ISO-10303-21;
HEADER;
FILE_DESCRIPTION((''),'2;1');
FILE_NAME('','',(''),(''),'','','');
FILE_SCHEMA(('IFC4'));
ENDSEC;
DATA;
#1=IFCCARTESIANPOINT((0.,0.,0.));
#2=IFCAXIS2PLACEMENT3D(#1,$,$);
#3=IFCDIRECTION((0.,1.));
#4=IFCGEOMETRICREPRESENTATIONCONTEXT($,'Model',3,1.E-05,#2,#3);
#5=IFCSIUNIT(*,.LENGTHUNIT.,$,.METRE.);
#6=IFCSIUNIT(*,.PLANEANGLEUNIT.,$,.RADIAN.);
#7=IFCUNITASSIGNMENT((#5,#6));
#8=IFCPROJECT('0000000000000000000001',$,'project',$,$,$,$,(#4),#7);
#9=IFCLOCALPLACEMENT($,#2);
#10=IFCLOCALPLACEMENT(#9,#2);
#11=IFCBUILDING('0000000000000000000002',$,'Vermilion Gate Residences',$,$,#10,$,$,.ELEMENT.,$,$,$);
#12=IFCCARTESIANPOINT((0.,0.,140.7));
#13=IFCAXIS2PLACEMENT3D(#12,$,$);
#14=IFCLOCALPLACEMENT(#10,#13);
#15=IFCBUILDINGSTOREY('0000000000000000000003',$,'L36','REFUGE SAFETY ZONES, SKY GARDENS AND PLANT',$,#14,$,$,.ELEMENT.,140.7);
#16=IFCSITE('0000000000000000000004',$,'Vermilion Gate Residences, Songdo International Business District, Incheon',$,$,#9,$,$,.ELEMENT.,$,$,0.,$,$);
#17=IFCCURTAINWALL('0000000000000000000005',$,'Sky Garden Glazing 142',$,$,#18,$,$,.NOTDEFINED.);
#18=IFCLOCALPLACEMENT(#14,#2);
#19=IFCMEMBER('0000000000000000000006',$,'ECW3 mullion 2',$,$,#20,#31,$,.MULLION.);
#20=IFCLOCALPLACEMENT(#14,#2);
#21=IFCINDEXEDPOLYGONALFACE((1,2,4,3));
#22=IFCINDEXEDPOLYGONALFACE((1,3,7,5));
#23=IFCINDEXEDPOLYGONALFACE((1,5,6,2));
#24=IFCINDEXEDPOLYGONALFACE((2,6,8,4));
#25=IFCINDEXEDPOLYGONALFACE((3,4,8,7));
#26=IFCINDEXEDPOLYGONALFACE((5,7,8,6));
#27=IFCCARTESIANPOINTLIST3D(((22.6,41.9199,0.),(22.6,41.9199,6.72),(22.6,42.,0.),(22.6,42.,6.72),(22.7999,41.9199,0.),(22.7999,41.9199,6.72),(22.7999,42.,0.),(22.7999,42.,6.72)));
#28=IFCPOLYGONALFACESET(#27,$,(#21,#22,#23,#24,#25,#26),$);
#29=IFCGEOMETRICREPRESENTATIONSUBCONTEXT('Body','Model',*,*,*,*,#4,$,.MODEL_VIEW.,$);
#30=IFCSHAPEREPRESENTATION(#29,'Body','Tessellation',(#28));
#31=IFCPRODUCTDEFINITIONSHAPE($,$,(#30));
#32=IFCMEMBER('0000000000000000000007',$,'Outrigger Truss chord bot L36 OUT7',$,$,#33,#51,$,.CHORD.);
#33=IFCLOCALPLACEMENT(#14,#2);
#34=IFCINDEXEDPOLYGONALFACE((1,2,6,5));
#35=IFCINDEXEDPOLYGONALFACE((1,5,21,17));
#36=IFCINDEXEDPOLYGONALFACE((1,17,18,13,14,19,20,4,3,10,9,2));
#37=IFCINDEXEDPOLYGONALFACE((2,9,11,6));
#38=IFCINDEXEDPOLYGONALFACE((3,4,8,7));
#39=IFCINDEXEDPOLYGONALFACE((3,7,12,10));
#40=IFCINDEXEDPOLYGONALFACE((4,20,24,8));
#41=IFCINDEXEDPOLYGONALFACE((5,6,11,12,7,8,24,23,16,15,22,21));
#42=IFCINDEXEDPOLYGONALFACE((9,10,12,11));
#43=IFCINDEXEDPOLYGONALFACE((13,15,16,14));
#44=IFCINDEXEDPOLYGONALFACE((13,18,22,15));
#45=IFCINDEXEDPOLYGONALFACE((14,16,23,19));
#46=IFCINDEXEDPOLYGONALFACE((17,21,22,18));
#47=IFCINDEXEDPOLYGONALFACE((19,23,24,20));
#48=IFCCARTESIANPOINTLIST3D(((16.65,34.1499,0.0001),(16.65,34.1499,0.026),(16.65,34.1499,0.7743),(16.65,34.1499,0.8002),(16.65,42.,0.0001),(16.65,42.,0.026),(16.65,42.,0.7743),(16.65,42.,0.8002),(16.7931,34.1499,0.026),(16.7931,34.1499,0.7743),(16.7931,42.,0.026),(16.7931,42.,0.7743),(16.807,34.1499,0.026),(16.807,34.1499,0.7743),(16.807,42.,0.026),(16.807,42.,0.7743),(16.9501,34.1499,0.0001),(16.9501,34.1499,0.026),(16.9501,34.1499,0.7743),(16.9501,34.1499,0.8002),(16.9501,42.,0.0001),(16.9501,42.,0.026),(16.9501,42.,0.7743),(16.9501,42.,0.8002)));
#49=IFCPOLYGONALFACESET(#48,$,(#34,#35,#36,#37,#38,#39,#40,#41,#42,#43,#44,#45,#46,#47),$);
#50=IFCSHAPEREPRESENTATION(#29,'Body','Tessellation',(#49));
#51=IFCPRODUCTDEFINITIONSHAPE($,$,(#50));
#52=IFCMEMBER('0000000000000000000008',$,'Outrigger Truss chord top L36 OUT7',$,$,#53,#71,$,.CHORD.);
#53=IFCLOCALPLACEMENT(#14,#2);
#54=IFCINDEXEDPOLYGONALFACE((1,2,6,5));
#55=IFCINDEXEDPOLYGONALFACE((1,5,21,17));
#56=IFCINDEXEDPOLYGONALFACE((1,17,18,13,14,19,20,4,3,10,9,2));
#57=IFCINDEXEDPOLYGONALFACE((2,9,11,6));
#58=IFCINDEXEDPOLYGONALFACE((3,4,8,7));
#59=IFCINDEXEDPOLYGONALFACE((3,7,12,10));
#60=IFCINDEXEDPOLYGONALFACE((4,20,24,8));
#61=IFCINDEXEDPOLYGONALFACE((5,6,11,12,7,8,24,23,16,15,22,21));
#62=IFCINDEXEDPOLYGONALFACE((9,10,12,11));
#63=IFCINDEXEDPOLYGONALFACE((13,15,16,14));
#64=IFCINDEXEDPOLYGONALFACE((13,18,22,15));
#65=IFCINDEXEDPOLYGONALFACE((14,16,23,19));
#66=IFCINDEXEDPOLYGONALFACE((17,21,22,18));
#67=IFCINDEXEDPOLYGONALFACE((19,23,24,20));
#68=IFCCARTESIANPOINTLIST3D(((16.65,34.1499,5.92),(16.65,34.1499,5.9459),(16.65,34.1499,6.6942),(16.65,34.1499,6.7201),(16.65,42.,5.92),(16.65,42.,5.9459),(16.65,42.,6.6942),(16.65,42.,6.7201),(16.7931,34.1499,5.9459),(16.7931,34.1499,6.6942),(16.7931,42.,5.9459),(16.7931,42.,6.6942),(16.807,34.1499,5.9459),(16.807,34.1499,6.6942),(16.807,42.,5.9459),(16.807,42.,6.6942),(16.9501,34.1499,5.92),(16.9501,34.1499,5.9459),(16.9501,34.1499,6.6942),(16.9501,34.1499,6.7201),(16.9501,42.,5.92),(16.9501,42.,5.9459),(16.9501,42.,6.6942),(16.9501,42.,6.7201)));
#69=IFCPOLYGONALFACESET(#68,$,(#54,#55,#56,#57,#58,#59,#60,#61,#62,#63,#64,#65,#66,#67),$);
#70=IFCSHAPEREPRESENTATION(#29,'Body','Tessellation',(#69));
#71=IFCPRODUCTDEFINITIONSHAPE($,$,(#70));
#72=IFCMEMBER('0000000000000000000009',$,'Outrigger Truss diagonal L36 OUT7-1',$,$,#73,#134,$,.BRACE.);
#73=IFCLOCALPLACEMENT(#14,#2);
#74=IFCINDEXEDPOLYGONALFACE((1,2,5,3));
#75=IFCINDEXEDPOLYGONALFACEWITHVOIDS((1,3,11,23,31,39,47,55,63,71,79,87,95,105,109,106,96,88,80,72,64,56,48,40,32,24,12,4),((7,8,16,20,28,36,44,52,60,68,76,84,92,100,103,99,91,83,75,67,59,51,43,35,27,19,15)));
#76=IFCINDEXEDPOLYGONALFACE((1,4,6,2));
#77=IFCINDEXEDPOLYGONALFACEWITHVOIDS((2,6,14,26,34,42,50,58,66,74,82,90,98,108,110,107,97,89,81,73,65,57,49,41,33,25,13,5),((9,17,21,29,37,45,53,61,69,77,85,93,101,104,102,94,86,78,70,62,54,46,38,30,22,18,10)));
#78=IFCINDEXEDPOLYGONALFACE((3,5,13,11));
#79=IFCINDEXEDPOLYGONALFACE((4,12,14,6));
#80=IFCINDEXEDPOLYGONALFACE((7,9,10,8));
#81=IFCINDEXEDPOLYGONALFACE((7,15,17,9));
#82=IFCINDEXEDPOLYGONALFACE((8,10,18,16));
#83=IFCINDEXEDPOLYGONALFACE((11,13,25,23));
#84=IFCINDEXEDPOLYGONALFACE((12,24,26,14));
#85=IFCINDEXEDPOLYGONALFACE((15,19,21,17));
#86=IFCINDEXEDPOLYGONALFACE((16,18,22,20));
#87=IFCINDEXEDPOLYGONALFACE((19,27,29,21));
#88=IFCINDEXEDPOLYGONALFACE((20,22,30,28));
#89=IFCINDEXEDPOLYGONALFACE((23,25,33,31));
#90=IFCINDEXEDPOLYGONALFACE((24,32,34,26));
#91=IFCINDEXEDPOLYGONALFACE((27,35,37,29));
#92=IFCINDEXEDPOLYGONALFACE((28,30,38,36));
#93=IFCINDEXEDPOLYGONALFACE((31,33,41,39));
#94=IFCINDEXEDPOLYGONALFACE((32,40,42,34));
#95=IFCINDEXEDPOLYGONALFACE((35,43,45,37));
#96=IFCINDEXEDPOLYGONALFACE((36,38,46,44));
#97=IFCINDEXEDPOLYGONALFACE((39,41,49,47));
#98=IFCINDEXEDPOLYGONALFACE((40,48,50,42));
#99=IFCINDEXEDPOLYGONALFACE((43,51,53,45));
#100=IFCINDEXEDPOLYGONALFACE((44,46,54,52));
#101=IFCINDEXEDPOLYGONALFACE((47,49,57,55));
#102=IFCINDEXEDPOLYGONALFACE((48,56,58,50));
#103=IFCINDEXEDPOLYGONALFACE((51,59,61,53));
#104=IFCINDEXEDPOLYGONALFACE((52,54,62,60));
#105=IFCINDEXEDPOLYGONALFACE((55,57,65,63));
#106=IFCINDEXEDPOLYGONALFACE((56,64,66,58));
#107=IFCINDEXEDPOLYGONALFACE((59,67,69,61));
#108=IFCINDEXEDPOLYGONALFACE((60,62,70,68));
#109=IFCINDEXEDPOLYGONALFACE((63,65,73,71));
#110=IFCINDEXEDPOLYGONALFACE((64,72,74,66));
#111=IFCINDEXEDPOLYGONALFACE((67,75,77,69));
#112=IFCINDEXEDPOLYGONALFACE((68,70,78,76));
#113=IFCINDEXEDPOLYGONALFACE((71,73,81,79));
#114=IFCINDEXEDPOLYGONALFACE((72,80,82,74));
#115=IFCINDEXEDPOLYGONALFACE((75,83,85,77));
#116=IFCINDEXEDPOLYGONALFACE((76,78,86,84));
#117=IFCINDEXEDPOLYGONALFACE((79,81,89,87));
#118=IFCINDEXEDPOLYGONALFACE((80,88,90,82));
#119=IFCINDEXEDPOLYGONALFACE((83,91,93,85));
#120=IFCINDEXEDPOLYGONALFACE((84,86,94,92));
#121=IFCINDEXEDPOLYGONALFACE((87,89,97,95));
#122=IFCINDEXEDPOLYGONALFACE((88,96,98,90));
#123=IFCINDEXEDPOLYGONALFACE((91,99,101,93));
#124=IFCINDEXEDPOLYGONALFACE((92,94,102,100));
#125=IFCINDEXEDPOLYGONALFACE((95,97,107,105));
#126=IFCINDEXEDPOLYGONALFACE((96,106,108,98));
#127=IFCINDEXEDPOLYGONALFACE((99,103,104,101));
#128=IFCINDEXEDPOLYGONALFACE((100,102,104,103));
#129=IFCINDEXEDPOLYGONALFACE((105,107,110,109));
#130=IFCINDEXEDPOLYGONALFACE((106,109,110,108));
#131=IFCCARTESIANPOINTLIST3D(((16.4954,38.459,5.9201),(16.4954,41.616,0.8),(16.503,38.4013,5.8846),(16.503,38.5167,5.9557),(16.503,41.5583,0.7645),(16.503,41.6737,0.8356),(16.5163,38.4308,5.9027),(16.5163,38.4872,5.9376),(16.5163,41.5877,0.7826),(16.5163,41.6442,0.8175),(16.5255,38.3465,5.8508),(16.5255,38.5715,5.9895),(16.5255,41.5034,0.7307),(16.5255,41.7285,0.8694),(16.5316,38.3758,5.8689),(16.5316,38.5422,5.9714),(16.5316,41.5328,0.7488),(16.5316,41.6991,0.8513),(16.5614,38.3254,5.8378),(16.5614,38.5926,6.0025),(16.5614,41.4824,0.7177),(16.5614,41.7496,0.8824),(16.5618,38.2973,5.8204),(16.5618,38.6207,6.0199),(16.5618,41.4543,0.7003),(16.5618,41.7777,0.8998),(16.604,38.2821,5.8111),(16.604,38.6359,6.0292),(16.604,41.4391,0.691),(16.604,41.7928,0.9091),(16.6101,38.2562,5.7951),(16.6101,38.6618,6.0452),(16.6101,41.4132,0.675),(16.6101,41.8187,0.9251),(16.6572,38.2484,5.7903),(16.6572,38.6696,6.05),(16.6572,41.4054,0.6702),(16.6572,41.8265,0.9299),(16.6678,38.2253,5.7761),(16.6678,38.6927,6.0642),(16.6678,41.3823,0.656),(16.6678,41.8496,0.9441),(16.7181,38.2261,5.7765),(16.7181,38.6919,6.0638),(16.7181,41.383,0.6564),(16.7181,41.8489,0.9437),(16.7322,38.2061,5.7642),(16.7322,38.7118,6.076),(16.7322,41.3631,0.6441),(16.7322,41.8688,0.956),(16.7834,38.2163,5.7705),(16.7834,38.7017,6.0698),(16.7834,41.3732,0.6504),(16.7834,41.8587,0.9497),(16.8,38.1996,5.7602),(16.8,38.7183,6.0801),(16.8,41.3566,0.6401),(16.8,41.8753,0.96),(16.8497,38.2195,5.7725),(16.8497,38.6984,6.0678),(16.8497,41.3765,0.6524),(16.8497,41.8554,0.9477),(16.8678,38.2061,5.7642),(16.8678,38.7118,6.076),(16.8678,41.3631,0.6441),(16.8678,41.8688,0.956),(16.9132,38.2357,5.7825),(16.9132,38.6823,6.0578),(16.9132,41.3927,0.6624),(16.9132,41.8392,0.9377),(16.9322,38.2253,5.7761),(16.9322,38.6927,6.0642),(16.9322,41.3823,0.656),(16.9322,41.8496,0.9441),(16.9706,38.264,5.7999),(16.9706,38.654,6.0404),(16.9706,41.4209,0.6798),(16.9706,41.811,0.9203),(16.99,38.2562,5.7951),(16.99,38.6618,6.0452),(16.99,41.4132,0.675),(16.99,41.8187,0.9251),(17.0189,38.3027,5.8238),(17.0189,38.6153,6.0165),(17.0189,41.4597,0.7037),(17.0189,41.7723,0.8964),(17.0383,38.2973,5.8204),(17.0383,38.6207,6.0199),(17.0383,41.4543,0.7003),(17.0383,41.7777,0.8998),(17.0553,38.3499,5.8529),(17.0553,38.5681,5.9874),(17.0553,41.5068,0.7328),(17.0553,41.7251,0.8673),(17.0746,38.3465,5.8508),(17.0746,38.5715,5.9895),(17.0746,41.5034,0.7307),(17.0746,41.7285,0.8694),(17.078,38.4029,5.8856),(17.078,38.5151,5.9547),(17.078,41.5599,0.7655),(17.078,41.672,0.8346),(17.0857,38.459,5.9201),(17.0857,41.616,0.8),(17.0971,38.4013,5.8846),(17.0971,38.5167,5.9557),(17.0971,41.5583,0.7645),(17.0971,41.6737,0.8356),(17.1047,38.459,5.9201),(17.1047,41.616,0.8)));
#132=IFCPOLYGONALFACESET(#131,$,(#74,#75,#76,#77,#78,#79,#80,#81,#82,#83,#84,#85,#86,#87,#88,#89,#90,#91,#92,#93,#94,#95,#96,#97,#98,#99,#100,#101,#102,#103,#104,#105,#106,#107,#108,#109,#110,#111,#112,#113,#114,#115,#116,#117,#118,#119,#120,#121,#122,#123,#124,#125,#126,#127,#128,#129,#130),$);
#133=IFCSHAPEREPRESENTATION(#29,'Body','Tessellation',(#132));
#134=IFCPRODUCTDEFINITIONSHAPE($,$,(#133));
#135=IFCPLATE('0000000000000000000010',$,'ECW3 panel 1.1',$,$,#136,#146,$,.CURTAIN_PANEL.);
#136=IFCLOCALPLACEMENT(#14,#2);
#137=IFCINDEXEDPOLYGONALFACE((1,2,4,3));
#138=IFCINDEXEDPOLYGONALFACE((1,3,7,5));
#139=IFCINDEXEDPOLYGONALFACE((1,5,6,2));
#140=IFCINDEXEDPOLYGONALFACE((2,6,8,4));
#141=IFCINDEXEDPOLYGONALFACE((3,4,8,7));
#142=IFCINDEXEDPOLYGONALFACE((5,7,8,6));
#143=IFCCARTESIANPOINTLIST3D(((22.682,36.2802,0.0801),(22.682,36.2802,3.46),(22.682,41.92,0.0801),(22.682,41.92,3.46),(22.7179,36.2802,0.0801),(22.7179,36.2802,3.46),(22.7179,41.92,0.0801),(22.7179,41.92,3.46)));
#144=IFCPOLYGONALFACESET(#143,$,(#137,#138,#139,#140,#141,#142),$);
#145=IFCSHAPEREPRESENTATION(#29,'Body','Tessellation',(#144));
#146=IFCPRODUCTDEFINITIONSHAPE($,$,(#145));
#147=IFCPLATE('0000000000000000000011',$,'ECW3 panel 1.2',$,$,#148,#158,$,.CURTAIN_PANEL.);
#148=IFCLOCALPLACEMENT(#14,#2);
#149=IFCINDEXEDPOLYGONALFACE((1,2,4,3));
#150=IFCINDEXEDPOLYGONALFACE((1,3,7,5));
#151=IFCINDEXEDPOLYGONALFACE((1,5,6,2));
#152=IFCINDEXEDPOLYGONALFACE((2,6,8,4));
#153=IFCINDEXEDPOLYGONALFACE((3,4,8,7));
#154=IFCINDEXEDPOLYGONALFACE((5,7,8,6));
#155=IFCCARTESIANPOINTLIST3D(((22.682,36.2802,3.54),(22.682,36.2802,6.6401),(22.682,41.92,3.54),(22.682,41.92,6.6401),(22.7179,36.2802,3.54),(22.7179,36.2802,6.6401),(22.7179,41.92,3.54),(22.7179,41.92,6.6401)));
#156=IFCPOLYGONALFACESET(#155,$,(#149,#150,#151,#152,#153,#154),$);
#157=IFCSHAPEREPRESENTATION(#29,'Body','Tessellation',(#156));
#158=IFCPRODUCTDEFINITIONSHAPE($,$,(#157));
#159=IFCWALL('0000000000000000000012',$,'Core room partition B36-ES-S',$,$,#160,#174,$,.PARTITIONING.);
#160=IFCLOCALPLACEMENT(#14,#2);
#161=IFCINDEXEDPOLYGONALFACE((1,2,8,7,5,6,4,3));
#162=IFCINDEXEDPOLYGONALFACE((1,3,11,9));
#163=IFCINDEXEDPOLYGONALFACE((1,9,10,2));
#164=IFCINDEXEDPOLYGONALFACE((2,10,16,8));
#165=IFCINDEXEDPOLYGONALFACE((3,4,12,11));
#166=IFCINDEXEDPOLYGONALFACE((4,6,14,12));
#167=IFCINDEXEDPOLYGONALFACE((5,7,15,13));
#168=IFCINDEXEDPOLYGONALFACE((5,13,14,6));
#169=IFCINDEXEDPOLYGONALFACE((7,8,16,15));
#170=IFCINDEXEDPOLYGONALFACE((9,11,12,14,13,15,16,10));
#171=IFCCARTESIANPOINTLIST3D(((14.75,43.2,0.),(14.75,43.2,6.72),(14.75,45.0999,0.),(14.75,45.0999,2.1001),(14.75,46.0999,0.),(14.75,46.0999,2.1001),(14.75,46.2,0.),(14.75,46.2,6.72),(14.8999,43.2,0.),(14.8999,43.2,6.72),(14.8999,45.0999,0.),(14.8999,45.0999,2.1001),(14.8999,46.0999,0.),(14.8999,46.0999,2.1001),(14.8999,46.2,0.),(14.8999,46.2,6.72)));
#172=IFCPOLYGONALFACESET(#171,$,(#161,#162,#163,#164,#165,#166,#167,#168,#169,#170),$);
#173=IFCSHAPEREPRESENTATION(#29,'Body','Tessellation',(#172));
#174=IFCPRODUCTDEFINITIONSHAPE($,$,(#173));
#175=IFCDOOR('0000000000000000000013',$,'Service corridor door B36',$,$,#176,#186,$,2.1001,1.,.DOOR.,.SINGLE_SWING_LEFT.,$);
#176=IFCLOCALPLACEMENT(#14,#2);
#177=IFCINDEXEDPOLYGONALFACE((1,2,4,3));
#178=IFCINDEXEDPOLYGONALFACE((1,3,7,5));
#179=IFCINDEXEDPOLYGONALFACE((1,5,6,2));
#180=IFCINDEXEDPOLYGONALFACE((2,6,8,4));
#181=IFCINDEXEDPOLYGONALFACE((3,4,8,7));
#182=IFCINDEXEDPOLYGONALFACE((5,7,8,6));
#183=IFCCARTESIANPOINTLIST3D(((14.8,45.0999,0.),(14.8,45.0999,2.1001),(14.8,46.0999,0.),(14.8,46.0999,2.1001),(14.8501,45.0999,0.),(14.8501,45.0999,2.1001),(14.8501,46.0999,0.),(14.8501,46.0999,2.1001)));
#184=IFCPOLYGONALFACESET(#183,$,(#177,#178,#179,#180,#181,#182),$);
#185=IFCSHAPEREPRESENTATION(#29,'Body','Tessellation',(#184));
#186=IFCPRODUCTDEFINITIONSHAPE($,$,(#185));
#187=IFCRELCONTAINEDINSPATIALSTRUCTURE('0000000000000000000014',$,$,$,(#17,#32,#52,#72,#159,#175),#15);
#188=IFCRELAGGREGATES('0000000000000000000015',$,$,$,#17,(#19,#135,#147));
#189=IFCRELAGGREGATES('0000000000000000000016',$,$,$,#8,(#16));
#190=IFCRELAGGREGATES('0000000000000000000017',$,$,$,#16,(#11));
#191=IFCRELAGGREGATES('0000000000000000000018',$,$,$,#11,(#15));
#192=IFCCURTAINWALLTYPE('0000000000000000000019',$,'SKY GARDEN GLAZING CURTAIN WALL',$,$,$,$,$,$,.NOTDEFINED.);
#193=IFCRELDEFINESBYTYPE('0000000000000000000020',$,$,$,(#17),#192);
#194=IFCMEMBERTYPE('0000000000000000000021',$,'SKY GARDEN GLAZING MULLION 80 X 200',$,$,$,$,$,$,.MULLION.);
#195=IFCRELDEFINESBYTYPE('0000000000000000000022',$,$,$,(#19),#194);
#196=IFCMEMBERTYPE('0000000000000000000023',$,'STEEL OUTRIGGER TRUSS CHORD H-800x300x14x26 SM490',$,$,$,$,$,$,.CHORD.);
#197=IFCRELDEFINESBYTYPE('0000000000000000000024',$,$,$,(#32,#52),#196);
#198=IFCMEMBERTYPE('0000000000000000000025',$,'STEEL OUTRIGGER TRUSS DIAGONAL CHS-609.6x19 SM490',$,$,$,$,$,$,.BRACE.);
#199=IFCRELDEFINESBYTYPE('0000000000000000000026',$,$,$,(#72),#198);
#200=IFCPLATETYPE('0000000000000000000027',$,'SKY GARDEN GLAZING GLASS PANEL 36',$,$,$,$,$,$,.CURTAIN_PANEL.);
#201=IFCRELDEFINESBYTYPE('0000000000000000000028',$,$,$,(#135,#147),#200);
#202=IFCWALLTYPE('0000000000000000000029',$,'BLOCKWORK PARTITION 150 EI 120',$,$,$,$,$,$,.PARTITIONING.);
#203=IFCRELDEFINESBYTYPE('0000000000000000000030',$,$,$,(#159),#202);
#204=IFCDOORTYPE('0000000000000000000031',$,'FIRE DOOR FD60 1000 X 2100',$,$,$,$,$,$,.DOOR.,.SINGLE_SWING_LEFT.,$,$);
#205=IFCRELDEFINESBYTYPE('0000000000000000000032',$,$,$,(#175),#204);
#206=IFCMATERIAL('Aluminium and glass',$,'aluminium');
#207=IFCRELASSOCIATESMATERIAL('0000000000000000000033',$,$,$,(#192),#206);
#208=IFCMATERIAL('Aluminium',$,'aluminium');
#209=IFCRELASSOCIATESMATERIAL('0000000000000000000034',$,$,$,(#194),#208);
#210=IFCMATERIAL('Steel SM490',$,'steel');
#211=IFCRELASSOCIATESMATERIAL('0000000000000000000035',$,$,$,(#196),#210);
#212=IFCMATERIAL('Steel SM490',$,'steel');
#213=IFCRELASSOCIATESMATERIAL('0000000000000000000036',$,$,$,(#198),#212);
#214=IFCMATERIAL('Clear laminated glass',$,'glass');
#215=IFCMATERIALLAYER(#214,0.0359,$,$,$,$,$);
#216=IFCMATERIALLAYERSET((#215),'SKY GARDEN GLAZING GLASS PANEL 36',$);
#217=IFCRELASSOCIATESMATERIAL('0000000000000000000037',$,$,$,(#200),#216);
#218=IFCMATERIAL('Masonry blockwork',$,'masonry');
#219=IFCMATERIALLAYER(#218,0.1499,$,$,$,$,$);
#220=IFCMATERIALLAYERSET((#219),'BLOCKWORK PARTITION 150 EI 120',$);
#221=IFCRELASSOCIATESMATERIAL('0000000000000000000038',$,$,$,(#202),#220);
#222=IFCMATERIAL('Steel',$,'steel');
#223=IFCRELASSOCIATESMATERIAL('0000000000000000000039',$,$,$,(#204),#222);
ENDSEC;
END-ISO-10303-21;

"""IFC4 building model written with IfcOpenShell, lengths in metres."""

from ifc_helpers import new_model, si_unit, direction, frame, frame_2d, origin, origin_2d, place, context, subcontext, project, spatial, rectangle, hollow_circle, i_section, extrude, material, layer, layer_set, material_profile, profile_set, type_object, element, fill, aggregate, save


model = new_model("IFC4")

# Units and contexts
model_context = context("Model", 3, precision=1e-05, world=origin(), true_north=direction((0.0, 1.0)))
body_context = subcontext(model_context, "Body", "Model", "MODEL_VIEW")
ifc_project = project(units=[si_unit("LENGTHUNIT", "METRE"), si_unit("PLANEANGLEUNIT", "RADIAN")], contexts=[model_context])

# Site, building, storey
site_placement = place(None, origin())
site = spatial("IfcSite", under=ifc_project, at=site_placement, Name="Vermilion Gate Residences, Songdo International Business District, Incheon", CompositionType="ELEMENT", RefElevation=0.0)
building_placement = place(site_placement, origin())
building = spatial("IfcBuilding", under=site, at=building_placement, Name="Vermilion Gate Residences", CompositionType="ELEMENT")
storey_placement = place(building_placement, frame((0.0, 0.0, 140.7)))
storey = spatial("IfcBuildingStorey", under=building, at=storey_placement, Name="L36", Description="REFUGE SAFETY ZONES, SKY GARDENS AND PLANT", CompositionType="ELEMENT", Elevation=140.7)

# Curtain wall, member
ifc_material_1 = material(Name="Aluminium and glass", Category="aluminium")
curtain_wall_type = type_object("IfcCurtainWallType", Name="SKY GARDEN GLAZING CURTAIN WALL", PredefinedType="NOTDEFINED", material=ifc_material_1)
curtain_wall_placement = place(storey_placement, origin())
curtain_wall = element("IfcCurtainWall", 1, at=curtain_wall_placement, inside=storey, type_object=curtain_wall_type, Name="Sky Garden Glazing 142", PredefinedType="NOTDEFINED")
ifc_material_2 = material(Name="Aluminium", Category="aluminium")
ifc_material_profile_1 = material_profile(ifc_material_2, rectangle(XDim=0.2, YDim=0.0801, at=origin_2d()), Name="MULLION 80 X 200")
ifc_profile_set_1 = profile_set([ifc_material_profile_1], Name="Aluminium")
member_type_1 = type_object("IfcMemberType", Name="SKY GARDEN GLAZING MULLION 80 X 200", PredefinedType="MULLION", material=ifc_profile_set_1)
member_1_placement = place(storey_placement, frame((22.7, 41.96, 0.0), z_axis=(0.0, 0.0, 1.0), x_axis=(-1.0, 0.0, 0.0)))
member_1 = element("IfcMember", 2, at=member_1_placement, type_object=member_type_1, Name="ECW3 mullion 2", PredefinedType="MULLION", context=body_context, shape_type="SweptSolid", body=[
    extrude(rectangle(XDim=0.2, YDim=0.0801, at=origin_2d()), origin(), (0.0, 0.0, 1.0), 6.72),
])

# Members
ifc_material_3 = material(Name="Steel SM490", Category="steel")
ifc_material_profile_2 = material_profile(ifc_material_3, i_section(OverallWidth=0.3, OverallDepth=0.8, WebThickness=0.0139, FlangeThickness=0.0259, at=origin_2d()), Name="H-800x300x14x26")
ifc_profile_set_2 = profile_set([ifc_material_profile_2], Name="Steel SM490")
member_type_2 = type_object("IfcMemberType", Name="STEEL OUTRIGGER TRUSS CHORD H-800x300x14x26 SM490", PredefinedType="CHORD", material=ifc_profile_set_2)
for number, where, z_axis, x_axis, name in (
    (3, (16.8, 42.0, 0.4001), (0.0, -1.0, 0.0), (1.0, 0.0, 0.0), "Outrigger Truss chord bot L36 OUT7"),
    (4, (16.8, 42.0, 6.3201), (0.0, -1.0, 0.0), (1.0, 0.0, 0.0), "Outrigger Truss chord top L36 OUT7"),
):
    element("IfcMember", number, at=place(storey_placement, frame(where, z_axis=z_axis, x_axis=x_axis)), inside=storey, type_object=member_type_2, Name=name, PredefinedType="CHORD", context=body_context, shape_type="SweptSolid", body=[
        extrude(i_section(OverallWidth=0.3, OverallDepth=0.8, WebThickness=0.0139, FlangeThickness=0.0259, at=origin_2d()), origin(), (0.0, 0.0, 1.0), 7.8501),
    ])
ifc_material_4 = material(Name="Steel SM490", Category="steel")
ifc_material_profile_3 = material_profile(ifc_material_4, hollow_circle(Radius=0.3047, WallThickness=0.019, at=origin_2d()), Name="CHS-609.6x19")
ifc_profile_set_3 = profile_set([ifc_material_profile_3], Name="Steel SM490")
member_type_3 = type_object("IfcMemberType", Name="STEEL OUTRIGGER TRUSS DIAGONAL CHS-609.6x19 SM490", PredefinedType="BRACE", material=ifc_profile_set_3)
member_2_placement = place(storey_placement, frame((16.8, 41.616, 0.8), z_axis=(0.0, -0.524838, 0.851202), x_axis=(1.0, 0.0, 0.0)))
element("IfcMember", 5, at=member_2_placement, inside=storey, type_object=member_type_3, Name="Outrigger Truss diagonal L36 OUT7-1", PredefinedType="BRACE", context=body_context, shape_type="SweptSolid", body=[
    extrude(hollow_circle(Radius=0.3047, WallThickness=0.019, at=origin_2d()), origin(), (0.0, 0.0, 1.0), 6.0151),
])

# Plates
ifc_material_5 = material(Name="Clear laminated glass", Category="glass")
ifc_layer_1 = layer(ifc_material_5, 0.0359)
ifc_layer_set_1 = layer_set([ifc_layer_1], Name="SKY GARDEN GLAZING GLASS PANEL 36")
plate_type = type_object("IfcPlateType", Name="SKY GARDEN GLAZING GLASS PANEL 36", PredefinedType="CURTAIN_PANEL", material=ifc_layer_set_1)
plate_1_placement = place(storey_placement, frame((22.7, 39.1001, 0.0801), z_axis=(0.0, 0.0, 1.0), x_axis=(0.0, 1.0, 0.0)))
plate_1 = element("IfcPlate", 6, at=plate_1_placement, type_object=plate_type, Name="ECW3 panel 1.1", PredefinedType="CURTAIN_PANEL", context=body_context, shape_type="SweptSolid", body=[
    extrude(rectangle(XDim=5.6399, YDim=0.0359, at=origin_2d()), origin(), (0.0, 0.0, 1.0), 3.3799),
])
plate_2_placement = place(storey_placement, frame((22.7, 39.1001, 3.54), z_axis=(0.0, 0.0, 1.0), x_axis=(0.0, 1.0, 0.0)))
plate_2 = element("IfcPlate", 7, at=plate_2_placement, type_object=plate_type, Name="ECW3 panel 1.2", PredefinedType="CURTAIN_PANEL", context=body_context, shape_type="SweptSolid", body=[
    extrude(rectangle(XDim=5.6399, YDim=0.0359, at=origin_2d()), origin(), (0.0, 0.0, 1.0), 3.1001),
])
aggregate(curtain_wall, [member_1, plate_1, plate_2])

# Wall, opening, door
ifc_material_6 = material(Name="Masonry blockwork", Category="masonry")
ifc_layer_2 = layer(ifc_material_6, 0.1499)
ifc_layer_set_2 = layer_set([ifc_layer_2], Name="BLOCKWORK PARTITION 150 EI 120")
wall_type_1 = type_object("IfcWallType", Name="BLOCKWORK PARTITION 150 EI 120", PredefinedType="PARTITIONING", material=ifc_layer_set_2)
wall_1_placement = place(storey_placement, frame((14.825, 46.2, 0.0), z_axis=(0.0, 0.0, 1.0), x_axis=(0.0, -1.0, 0.0)))
wall_1 = element("IfcWall", 8, at=wall_1_placement, inside=storey, type_object=wall_type_1, Name="Core room partition B36-ES-S", PredefinedType="PARTITIONING", context=body_context, shape_type="SweptSolid", body=[
    extrude(rectangle(XDim=3.0, YDim=0.1499, at=frame_2d((1.5, 0.0))), origin(), (0.0, 0.0, 1.0), 6.72),
])
opening_1_placement = place(wall_1_placement, frame((0.1001, 0.0, 0.0)))
opening_1 = element("IfcOpeningElement", 9, at=opening_1_placement, cuts=wall_1, PredefinedType="OPENING", context=body_context, shape_type="SweptSolid", body=[
    extrude(rectangle(XDim=1.0, YDim=2.1001, at=frame_2d((0.5, 1.05))), frame((0.0, 0.085, 0.0), z_axis=(0.0, -1.0, 0.0), x_axis=(1.0, 0.0, 0.0)), (0.0, 0.0, 1.0), 0.1699),
])
ifc_material_7 = material(Name="Steel", Category="steel")
door_type_1 = type_object("IfcDoorType", Name="FIRE DOOR FD60 1000 X 2100", OperationType="SINGLE_SWING_LEFT", PredefinedType="DOOR", material=ifc_material_7)
door_1_placement = place(opening_1_placement, frame((1.0, 0.0, 0.0), z_axis=(0.0, 0.0, 1.0), x_axis=(-1.0, 0.0, 0.0)))
door_1 = element("IfcDoor", 10, at=door_1_placement, inside=storey, type_object=door_type_1, Name="Service corridor door B36", OperationType="SINGLE_SWING_LEFT", OverallHeight=2.1001, OverallWidth=1.0, PredefinedType="DOOR", context=body_context, shape_type="SweptSolid", body=[
    extrude(rectangle(XDim=1.0, YDim=2.1001, at=frame_2d((0.5, 1.05))), frame((0.0, 0.0249, 0.0), z_axis=(0.0, -1.0, 0.0), x_axis=(1.0, 0.0, 0.0)), (0.0, 0.0, 1.0), 0.05),
])
fill(opening_1, door_1)

save(model, "model.ifc")
